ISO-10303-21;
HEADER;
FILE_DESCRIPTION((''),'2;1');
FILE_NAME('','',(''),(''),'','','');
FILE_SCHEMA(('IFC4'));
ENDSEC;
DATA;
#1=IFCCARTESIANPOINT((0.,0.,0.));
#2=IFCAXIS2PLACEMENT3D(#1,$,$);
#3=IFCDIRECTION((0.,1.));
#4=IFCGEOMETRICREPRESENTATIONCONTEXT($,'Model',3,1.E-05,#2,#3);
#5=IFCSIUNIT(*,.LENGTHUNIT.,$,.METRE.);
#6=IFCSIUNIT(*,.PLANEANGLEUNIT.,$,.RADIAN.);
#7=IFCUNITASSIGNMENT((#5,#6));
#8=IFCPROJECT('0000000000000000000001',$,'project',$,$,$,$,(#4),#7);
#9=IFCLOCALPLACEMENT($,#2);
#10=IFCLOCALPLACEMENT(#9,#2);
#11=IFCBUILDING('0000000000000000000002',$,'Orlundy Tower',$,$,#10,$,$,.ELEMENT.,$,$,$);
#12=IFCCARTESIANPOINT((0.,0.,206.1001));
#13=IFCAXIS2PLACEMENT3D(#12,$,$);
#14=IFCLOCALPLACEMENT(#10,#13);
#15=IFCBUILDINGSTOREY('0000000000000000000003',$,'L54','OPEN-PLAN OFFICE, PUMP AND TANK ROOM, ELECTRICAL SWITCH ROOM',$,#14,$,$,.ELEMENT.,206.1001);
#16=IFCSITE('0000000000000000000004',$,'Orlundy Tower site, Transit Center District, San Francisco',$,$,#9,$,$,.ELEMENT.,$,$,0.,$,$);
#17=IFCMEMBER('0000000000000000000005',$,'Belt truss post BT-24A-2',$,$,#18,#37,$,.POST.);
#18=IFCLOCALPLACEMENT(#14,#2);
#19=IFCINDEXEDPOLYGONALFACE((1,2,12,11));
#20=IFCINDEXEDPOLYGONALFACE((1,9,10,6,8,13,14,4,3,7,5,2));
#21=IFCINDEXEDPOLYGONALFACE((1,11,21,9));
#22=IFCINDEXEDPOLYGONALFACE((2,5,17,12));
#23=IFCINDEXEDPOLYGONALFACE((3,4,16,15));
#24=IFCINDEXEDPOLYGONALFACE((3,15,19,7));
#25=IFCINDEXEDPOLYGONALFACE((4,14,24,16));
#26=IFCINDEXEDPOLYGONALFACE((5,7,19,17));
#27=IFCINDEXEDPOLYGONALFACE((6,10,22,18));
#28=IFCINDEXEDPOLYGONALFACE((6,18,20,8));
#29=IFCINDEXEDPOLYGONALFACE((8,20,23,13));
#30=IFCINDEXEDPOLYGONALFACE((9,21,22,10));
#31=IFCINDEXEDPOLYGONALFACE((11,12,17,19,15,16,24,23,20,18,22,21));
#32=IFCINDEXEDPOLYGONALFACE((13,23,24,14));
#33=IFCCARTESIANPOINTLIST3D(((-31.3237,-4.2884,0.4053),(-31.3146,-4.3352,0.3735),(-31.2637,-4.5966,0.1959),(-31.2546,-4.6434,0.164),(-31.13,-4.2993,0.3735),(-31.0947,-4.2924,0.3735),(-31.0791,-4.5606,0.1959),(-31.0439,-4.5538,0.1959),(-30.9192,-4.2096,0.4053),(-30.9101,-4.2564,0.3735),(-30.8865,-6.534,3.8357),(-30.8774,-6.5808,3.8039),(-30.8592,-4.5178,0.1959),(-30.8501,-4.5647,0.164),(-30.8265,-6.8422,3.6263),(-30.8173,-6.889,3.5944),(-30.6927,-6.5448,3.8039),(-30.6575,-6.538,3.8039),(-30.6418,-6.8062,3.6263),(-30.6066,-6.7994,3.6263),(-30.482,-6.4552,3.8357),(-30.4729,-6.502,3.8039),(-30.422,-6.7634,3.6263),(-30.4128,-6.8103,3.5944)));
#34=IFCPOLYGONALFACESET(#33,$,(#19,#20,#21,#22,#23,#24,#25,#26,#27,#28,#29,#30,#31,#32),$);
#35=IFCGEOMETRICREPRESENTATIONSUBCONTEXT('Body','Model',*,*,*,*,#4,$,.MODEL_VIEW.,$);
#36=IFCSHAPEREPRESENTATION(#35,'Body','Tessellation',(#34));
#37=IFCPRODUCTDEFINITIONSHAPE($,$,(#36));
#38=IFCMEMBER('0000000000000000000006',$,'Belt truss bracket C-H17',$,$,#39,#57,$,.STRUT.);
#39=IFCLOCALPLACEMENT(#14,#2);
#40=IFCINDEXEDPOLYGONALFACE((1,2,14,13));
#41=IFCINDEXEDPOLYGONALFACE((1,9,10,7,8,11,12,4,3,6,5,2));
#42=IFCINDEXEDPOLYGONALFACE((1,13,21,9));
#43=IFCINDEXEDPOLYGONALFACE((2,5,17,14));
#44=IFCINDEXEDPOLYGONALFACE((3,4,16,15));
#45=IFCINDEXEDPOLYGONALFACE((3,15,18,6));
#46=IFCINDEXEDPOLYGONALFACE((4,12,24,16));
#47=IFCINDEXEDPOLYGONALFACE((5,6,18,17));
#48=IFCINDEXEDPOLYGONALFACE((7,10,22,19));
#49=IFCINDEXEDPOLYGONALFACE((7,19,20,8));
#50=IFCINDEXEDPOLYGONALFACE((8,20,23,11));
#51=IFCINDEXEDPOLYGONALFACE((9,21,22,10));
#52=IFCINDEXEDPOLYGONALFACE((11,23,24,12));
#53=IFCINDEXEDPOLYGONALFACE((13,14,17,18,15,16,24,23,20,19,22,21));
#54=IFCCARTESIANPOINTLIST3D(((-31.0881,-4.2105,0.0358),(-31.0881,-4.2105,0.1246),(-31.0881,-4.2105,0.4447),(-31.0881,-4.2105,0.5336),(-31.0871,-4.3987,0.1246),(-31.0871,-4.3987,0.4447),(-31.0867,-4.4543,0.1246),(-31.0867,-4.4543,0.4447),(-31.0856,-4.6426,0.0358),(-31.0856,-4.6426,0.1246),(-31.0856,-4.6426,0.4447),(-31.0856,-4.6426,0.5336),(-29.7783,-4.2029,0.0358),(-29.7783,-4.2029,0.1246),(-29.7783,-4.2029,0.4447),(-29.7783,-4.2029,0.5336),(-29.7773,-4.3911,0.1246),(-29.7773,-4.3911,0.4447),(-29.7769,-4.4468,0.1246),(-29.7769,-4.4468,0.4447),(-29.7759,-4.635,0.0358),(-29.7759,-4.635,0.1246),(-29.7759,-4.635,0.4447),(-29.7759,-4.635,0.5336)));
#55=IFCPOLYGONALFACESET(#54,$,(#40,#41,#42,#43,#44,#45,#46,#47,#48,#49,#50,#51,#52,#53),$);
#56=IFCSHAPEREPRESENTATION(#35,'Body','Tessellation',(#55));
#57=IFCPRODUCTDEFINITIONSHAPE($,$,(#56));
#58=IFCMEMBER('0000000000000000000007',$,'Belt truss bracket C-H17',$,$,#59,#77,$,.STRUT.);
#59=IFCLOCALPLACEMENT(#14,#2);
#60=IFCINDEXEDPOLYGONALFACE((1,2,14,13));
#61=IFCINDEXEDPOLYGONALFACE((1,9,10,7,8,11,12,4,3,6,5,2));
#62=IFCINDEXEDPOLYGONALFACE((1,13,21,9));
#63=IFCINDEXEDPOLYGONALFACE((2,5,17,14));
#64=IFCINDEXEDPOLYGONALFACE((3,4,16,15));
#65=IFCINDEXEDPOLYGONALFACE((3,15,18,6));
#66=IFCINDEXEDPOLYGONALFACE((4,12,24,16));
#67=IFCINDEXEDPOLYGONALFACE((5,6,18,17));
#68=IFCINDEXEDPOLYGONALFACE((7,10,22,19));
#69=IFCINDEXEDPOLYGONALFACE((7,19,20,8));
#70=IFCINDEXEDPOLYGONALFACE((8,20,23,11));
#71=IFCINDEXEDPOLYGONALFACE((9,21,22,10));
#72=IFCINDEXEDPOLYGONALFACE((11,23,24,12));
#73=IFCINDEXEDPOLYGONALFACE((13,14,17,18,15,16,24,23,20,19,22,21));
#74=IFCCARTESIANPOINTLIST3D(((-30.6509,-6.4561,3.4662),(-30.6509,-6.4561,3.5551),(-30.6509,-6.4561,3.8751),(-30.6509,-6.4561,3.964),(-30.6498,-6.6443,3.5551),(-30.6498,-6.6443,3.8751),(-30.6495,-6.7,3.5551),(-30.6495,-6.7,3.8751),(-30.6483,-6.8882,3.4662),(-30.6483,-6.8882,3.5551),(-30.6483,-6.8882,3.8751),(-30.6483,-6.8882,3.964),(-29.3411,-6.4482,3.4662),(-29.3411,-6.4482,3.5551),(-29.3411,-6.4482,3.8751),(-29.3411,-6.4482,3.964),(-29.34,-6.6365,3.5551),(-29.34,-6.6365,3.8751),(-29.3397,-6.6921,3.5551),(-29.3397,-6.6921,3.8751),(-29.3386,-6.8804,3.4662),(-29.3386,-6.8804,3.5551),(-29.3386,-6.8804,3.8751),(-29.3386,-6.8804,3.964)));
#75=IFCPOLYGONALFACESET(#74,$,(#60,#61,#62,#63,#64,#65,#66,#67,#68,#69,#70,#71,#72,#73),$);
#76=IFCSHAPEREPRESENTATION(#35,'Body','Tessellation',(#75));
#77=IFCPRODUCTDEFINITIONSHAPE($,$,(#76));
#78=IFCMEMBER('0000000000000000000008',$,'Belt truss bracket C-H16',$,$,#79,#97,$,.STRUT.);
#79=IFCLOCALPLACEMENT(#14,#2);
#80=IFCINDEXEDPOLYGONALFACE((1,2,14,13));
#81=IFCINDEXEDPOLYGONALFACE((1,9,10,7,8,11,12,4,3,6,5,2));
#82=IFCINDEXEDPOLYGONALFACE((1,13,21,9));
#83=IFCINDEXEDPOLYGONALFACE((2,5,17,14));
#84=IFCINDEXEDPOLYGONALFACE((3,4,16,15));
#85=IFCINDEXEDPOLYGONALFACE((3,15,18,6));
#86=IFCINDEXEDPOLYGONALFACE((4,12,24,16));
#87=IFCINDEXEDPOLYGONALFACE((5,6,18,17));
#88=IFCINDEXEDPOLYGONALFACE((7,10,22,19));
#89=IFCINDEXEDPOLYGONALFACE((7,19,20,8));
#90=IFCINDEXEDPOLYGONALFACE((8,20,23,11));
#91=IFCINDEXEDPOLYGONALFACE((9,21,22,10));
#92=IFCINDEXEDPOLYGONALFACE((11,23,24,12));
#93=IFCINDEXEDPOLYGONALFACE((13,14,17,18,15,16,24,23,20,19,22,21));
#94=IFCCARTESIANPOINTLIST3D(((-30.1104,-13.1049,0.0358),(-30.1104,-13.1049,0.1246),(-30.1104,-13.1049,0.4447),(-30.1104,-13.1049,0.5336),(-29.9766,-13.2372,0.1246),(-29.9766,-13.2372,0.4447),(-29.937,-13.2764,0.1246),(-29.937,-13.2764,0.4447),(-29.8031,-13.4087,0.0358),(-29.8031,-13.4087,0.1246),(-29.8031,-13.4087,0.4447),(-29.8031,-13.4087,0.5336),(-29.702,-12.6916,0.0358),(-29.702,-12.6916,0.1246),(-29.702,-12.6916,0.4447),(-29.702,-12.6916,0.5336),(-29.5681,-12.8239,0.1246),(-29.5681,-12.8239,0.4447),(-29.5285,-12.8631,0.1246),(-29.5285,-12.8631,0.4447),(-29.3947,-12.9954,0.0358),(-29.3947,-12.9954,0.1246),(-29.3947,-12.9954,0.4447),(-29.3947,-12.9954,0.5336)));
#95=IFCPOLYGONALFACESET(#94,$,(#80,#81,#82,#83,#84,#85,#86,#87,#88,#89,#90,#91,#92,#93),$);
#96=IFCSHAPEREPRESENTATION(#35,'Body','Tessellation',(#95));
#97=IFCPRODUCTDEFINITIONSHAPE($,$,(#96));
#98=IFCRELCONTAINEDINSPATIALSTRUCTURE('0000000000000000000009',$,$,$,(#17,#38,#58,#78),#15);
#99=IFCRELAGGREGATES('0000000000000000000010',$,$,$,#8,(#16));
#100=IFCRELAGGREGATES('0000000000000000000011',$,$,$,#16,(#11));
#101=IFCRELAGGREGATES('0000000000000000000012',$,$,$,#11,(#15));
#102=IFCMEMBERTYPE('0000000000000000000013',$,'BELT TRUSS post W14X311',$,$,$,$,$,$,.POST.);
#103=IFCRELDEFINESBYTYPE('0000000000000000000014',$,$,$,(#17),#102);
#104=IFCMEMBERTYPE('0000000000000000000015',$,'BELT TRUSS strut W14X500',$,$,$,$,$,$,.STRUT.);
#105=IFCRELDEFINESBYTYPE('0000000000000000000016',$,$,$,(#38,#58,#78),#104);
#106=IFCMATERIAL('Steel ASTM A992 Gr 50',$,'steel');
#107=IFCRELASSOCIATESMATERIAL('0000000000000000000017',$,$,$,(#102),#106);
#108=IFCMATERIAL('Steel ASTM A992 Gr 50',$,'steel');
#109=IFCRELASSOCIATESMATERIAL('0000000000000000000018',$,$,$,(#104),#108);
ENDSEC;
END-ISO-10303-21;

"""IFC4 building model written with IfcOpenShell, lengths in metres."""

from ifc_helpers import new_model, si_unit, direction, frame, origin, origin_2d, place, context, subcontext, project, spatial, i_section, extrude, material, material_profile, profile_set, type_object, element, save


model = new_model("IFC4")

# Units and contexts
model_context = context("Model", 3, precision=1e-05, world=origin(), true_north=direction((0.0, 1.0)))
body_context = subcontext(model_context, "Body", "Model", "MODEL_VIEW")
ifc_project = project(units=[si_unit("LENGTHUNIT", "METRE"), si_unit("PLANEANGLEUNIT", "RADIAN")], contexts=[model_context])

# Site, building, storey
site_placement = place(None, origin())
site = spatial("IfcSite", under=ifc_project, at=site_placement, Name="Orlundy Tower site, Transit Center District, San Francisco", CompositionType="ELEMENT", RefElevation=0.0)
building_placement = place(site_placement, origin())
building = spatial("IfcBuilding", under=site, at=building_placement, Name="Orlundy Tower", CompositionType="ELEMENT")
storey_placement = place(building_placement, frame((0.0, 0.0, 206.1001)))
storey = spatial("IfcBuildingStorey", under=building, at=storey_placement, Name="L54", Description="OPEN-PLAN OFFICE, PUMP AND TANK ROOM, ELECTRICAL SWITCH ROOM", CompositionType="ELEMENT", Elevation=206.1001)

# Members
ifc_material_1 = material(Name="Steel ASTM A992 Gr 50", Category="steel")
ifc_material_profile_1 = material_profile(ifc_material_1, i_section(OverallWidth=0.4121, OverallDepth=0.4348, WebThickness=0.0359, FlangeThickness=0.0574, at=origin_2d()), Name="W14X311")
ifc_profile_set_1 = profile_set([ifc_material_profile_1], Name="Steel ASTM A992 Gr 50")
member_type_1 = type_object("IfcMemberType", Name="BELT TRUSS post W14X311", PredefinedType="POST", material=ifc_profile_set_1)
member_1_placement = place(storey_placement, frame((-31.0869, -4.4265, 0.2847), z_axis=(0.106045, -0.544612, 0.831957), x_axis=(0.981565, 0.191127, 0.0)))
element("IfcMember", 1, at=member_1_placement, inside=storey, type_object=member_type_1, Name="Belt truss post BT-24A-2", PredefinedType="POST", context=body_context, shape_type="SweptSolid", body=[
    extrude(i_section(OverallWidth=0.4121, OverallDepth=0.4348, WebThickness=0.0359, FlangeThickness=0.0574, at=origin_2d()), origin(), (0.0, 0.0, 1.0), 4.1233),
])
ifc_material_2 = material(Name="Steel ASTM A992 Gr 50", Category="steel")
ifc_material_profile_2 = material_profile(ifc_material_2, i_section(OverallWidth=0.4321, OverallDepth=0.4978, WebThickness=0.0557, FlangeThickness=0.0889, at=origin_2d()), Name="W14X500")
ifc_profile_set_2 = profile_set([ifc_material_profile_2], Name="Steel ASTM A992 Gr 50")
member_type_2 = type_object("IfcMemberType", Name="BELT TRUSS strut W14X500", PredefinedType="STRUT", material=ifc_profile_set_2)
for number, where, z_axis, x_axis, name in (
    (2, (-29.7771, -4.4189, 0.2847), (-0.999983, -0.005778, 0.0), (0.005778, -0.999983, 0.0), "Belt truss bracket C-H17"),
    (3, (-29.3398, -6.6643, 3.7151), (-0.999982, -0.005964, 0.0), (0.005964, -0.999982, 0.0), "Belt truss bracket C-H17"),
):
    element("IfcMember", number, at=place(storey_placement, frame(where, z_axis=z_axis, x_axis=x_axis)), inside=storey, type_object=member_type_2, Name=name, PredefinedType="STRUT", context=body_context, shape_type="SweptSolid", body=[
        extrude(i_section(OverallWidth=0.4321, OverallDepth=0.4978, WebThickness=0.0557, FlangeThickness=0.0889, at=origin_2d()), origin(), (0.0, 0.0, 1.0), 1.3098),
    ])
member_2_placement = place(storey_placement, frame((-29.5483, -12.8435, 0.2847), z_axis=(-0.702893, -0.711296, 0.0), x_axis=(0.711296, -0.702893, 0.0)))
element("IfcMember", 4, at=member_2_placement, inside=storey, type_object=member_type_2, Name="Belt truss bracket C-H16", PredefinedType="STRUT", context=body_context, shape_type="SweptSolid", body=[
    extrude(i_section(OverallWidth=0.4321, OverallDepth=0.4978, WebThickness=0.0557, FlangeThickness=0.0889, at=origin_2d()), origin(), (0.0, 0.0, 1.0), 0.5811),
])

save(model, "model.ifc")
